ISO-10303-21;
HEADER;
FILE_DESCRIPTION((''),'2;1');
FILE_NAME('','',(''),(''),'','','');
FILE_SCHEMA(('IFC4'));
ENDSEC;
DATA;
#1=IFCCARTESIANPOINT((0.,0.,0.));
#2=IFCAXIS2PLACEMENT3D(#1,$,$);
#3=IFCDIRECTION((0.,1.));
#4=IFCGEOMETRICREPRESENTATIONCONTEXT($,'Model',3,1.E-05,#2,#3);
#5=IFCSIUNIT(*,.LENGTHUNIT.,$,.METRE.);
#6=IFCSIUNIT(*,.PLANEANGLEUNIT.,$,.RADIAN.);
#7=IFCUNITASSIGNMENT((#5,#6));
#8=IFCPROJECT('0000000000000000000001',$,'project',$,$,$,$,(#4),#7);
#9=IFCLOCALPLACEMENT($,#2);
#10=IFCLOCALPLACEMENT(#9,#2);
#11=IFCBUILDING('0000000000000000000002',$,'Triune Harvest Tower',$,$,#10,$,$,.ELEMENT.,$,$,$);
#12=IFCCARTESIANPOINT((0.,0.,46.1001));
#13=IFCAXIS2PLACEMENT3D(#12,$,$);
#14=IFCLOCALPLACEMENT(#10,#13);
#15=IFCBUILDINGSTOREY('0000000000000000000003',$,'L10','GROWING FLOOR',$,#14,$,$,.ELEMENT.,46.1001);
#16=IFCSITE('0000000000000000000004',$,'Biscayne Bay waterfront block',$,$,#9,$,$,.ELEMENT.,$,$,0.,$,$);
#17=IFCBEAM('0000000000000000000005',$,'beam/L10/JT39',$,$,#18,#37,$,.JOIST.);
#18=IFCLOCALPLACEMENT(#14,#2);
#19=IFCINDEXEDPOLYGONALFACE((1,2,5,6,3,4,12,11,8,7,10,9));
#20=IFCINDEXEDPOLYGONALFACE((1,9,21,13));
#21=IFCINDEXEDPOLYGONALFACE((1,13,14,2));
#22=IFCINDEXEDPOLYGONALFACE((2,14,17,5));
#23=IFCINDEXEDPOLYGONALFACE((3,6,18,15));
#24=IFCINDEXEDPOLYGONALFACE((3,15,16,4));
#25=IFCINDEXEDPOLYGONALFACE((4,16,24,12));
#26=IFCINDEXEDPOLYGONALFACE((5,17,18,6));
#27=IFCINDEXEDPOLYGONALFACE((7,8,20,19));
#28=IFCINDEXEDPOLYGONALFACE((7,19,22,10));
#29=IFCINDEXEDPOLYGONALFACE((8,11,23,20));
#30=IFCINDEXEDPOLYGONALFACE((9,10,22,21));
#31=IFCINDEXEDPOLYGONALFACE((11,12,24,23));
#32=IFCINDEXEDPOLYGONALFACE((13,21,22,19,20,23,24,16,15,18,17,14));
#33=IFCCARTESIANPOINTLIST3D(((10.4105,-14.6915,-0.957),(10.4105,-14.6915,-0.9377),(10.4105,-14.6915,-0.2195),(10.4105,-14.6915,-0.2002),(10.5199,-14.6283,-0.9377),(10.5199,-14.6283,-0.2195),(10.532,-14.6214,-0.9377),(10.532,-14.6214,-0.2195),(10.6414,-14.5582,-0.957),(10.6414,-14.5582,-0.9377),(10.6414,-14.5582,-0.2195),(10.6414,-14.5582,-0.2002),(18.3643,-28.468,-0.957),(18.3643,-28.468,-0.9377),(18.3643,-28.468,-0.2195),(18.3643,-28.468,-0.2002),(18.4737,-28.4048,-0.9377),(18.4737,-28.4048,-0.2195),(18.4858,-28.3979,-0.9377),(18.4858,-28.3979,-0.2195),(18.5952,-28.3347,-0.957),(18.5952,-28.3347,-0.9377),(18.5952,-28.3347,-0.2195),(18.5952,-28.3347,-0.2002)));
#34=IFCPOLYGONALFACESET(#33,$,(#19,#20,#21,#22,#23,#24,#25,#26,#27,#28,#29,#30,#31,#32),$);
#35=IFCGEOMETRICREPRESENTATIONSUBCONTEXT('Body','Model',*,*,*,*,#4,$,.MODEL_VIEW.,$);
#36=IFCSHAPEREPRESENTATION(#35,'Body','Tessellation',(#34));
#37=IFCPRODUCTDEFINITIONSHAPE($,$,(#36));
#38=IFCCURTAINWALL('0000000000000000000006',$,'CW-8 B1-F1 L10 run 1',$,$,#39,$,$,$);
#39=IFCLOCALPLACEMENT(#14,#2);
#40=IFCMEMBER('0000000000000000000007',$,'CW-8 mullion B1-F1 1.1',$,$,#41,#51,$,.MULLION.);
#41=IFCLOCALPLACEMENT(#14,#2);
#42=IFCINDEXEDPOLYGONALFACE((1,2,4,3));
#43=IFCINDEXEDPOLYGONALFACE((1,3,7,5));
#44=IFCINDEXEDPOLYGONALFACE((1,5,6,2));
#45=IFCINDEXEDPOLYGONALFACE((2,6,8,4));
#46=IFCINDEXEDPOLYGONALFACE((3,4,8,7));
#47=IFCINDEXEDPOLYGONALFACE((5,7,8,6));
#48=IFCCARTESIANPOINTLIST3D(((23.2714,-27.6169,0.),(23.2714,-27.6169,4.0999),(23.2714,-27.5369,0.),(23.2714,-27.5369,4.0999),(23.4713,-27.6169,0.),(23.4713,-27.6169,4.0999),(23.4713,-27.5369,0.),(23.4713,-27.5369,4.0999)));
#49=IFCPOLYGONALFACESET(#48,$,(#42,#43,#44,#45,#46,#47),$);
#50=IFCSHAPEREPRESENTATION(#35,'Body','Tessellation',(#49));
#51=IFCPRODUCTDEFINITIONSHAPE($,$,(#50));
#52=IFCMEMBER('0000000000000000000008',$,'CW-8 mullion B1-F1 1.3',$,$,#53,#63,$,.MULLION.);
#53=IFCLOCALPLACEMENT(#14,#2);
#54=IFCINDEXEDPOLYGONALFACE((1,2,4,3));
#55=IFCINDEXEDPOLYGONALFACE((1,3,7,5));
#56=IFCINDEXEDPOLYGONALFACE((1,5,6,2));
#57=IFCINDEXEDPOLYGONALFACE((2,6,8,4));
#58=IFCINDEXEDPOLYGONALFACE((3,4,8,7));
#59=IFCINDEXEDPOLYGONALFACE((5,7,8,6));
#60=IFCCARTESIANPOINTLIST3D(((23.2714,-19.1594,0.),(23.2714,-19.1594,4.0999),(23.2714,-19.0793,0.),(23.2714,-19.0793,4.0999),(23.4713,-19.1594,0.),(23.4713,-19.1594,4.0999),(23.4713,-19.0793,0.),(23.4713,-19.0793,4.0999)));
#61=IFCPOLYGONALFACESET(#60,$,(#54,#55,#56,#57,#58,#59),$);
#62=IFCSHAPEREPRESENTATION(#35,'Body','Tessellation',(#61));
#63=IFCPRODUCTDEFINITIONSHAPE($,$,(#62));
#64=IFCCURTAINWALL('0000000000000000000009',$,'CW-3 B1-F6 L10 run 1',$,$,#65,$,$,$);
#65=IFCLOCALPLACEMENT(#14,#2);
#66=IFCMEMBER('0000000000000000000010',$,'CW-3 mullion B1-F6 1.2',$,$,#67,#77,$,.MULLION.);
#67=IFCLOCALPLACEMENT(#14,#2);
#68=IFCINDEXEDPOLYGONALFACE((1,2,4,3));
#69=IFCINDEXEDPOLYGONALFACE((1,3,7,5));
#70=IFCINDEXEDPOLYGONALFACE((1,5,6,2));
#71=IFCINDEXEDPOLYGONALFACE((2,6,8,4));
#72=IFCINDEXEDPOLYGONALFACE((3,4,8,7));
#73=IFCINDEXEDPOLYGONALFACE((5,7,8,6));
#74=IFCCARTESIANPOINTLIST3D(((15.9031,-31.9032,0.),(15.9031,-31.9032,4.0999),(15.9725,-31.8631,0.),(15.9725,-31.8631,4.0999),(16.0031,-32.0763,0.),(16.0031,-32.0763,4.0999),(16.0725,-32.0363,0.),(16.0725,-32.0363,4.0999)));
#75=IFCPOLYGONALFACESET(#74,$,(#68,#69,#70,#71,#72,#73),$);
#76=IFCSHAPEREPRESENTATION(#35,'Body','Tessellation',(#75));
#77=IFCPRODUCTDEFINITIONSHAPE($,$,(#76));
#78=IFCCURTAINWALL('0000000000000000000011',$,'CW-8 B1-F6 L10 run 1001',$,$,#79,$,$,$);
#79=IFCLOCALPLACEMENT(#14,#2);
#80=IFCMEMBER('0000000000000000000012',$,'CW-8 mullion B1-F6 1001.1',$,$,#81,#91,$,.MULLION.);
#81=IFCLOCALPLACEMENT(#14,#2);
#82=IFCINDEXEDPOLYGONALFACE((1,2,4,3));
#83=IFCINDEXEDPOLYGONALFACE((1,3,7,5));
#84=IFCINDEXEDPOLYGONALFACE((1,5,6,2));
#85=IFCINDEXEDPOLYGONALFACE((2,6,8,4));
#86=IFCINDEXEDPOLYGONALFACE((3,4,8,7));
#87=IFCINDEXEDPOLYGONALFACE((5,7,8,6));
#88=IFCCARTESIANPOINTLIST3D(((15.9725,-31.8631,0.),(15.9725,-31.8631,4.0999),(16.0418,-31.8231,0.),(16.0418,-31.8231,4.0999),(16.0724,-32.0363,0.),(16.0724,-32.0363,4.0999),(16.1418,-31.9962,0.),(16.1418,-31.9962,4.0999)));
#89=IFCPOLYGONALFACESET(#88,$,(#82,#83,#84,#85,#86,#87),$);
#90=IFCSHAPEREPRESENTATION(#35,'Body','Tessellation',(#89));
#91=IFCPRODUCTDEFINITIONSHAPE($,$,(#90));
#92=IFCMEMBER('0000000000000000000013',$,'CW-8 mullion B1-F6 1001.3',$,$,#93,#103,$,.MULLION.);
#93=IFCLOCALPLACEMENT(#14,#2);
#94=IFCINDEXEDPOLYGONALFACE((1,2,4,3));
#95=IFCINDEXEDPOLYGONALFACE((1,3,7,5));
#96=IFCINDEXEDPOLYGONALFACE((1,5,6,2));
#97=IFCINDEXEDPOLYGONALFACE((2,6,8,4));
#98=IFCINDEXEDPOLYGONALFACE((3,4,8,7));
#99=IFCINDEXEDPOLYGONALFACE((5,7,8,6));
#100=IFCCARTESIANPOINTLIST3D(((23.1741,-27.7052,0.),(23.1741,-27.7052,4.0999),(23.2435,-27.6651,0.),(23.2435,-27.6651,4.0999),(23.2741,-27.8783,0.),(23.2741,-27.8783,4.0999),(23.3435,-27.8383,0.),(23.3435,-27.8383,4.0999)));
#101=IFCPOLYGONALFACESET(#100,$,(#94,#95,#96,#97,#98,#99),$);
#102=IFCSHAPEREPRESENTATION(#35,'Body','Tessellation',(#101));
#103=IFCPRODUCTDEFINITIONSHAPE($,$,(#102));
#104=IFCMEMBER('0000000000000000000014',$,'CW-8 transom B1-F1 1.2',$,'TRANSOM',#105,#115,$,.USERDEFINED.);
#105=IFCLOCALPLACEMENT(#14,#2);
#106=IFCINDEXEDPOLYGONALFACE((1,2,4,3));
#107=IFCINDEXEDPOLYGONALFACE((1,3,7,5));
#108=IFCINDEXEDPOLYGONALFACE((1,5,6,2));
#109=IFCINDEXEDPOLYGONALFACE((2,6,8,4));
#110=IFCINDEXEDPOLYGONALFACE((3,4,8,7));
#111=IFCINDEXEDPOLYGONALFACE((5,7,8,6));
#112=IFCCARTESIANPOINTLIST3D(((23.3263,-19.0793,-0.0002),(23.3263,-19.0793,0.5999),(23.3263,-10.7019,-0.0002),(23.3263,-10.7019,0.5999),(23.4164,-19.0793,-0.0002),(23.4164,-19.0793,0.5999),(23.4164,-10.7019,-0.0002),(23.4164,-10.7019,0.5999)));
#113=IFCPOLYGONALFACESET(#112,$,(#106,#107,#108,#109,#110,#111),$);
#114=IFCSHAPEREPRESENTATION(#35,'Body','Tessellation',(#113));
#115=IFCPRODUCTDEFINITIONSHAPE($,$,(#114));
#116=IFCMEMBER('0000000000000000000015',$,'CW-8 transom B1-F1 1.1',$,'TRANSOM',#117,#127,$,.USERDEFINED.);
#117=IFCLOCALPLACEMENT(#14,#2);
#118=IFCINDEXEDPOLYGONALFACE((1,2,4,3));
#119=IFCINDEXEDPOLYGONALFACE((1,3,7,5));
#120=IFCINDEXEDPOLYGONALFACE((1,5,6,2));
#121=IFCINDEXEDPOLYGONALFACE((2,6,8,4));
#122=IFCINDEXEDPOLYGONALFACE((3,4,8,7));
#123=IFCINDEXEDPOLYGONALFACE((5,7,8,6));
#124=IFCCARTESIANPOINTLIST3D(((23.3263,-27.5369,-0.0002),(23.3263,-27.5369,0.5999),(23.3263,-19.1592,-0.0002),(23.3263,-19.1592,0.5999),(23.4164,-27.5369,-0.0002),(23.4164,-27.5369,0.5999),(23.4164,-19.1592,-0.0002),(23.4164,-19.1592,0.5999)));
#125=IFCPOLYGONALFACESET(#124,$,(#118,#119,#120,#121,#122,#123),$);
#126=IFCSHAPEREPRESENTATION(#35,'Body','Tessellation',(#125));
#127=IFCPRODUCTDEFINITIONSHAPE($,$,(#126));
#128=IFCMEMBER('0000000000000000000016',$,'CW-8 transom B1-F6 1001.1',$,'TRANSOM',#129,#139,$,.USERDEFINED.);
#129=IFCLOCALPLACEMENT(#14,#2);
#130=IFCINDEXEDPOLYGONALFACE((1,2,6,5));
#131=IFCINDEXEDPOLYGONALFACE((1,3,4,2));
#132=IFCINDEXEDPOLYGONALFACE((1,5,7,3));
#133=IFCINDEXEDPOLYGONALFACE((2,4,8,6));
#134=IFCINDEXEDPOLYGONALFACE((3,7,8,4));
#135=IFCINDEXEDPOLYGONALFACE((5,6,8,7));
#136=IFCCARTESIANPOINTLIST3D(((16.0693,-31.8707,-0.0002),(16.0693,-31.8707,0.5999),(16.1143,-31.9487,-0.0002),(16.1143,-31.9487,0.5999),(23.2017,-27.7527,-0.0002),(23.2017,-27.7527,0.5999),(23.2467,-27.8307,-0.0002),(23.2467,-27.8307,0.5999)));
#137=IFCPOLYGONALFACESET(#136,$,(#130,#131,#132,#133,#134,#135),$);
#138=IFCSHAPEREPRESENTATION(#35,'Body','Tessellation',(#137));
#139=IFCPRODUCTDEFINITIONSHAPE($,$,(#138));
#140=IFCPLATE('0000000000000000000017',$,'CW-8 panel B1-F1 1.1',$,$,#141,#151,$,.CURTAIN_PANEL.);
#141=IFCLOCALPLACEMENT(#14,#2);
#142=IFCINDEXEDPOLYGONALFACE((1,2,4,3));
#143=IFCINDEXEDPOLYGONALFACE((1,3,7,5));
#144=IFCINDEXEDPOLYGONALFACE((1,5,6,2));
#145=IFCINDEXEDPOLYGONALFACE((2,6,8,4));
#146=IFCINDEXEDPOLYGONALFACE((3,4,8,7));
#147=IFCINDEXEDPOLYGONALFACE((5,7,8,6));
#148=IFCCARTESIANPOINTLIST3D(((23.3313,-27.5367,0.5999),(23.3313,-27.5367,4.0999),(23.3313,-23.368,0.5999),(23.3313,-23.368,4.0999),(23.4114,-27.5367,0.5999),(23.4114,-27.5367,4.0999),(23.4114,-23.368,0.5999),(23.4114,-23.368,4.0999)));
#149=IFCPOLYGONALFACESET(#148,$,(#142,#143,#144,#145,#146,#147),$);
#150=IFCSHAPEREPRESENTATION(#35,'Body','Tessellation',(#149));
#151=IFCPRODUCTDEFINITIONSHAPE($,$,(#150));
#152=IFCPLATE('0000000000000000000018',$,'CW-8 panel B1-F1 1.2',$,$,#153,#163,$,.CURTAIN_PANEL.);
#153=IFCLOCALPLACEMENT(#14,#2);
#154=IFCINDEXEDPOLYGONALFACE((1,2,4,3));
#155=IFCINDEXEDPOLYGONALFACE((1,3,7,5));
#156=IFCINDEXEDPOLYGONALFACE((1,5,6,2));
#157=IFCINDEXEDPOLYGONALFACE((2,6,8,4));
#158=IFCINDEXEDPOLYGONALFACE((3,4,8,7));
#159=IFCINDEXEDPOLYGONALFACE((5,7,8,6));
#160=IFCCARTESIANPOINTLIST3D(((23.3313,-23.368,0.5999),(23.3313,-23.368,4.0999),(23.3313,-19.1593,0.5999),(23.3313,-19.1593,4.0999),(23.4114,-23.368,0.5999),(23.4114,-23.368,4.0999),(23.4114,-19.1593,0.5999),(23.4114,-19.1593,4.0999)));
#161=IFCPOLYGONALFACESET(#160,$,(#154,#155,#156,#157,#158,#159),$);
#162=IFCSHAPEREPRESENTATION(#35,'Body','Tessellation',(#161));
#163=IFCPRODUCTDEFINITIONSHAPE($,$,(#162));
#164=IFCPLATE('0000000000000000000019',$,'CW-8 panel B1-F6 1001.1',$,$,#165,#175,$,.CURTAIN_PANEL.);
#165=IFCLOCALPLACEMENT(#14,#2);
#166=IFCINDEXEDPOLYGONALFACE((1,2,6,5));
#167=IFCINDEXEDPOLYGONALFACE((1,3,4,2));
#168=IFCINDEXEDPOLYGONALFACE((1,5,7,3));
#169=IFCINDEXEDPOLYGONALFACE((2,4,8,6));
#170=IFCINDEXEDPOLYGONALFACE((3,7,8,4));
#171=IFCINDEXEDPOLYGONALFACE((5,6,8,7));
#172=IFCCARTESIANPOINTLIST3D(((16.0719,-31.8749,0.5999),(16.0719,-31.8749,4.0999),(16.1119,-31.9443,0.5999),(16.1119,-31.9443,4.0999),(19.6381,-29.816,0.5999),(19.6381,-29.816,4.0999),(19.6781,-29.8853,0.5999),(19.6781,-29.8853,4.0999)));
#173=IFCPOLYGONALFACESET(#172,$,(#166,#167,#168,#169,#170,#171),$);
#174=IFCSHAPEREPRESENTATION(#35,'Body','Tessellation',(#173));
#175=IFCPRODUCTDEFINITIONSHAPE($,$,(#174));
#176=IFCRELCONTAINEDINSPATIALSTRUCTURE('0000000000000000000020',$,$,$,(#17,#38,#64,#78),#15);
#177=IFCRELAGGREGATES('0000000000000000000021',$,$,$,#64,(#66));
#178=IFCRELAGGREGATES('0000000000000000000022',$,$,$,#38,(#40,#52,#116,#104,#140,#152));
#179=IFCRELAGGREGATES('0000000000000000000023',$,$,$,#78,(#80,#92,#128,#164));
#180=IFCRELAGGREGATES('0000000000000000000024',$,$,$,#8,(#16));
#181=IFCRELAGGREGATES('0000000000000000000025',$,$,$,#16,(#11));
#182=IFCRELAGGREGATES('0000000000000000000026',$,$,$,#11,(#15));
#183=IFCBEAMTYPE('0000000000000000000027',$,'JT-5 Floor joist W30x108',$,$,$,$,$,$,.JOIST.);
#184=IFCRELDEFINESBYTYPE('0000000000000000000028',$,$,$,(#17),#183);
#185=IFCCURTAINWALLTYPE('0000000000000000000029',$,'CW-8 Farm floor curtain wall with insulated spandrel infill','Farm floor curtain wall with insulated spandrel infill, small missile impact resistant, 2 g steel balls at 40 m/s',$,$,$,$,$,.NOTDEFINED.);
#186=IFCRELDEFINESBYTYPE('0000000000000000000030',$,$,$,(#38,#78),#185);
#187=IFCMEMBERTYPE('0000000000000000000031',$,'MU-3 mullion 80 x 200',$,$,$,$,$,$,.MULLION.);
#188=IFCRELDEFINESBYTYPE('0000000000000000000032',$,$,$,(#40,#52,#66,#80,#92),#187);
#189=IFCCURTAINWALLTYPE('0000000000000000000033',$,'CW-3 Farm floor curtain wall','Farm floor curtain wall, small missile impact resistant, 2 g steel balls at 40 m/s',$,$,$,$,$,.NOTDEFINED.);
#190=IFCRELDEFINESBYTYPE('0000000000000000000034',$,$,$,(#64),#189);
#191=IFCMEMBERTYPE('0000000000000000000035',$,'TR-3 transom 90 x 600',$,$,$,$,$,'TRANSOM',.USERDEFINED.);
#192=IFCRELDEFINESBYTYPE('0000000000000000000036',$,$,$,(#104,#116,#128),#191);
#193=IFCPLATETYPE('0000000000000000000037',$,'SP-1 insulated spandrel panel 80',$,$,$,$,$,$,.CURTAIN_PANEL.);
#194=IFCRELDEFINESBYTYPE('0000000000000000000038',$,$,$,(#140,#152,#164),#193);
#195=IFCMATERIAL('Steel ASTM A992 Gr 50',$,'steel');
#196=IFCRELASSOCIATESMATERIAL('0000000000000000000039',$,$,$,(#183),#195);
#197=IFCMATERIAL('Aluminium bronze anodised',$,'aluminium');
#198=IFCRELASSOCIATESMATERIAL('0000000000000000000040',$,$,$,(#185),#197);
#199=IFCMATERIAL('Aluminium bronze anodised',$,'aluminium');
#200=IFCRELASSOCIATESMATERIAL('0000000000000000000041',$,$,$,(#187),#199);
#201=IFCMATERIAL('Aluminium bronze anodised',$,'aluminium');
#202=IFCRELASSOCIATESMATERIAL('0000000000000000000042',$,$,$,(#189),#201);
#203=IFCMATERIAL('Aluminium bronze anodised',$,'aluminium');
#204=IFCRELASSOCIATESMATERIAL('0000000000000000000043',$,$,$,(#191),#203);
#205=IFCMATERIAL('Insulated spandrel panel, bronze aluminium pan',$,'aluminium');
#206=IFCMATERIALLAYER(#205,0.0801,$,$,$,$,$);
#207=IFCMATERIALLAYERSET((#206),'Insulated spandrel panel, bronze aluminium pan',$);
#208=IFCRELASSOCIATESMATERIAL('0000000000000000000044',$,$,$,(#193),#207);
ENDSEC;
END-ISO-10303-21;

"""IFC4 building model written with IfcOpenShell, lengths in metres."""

from ifc_helpers import new_model, si_unit, direction, frame, origin, origin_2d, place, context, subcontext, project, spatial, rectangle, i_section, extrude, source, transform, mapped, material, layer, layer_set, material_profile, profile_set, type_object, element, aggregate, save


model = new_model("IFC4")

# Units and contexts
model_context = context("Model", 3, precision=1e-05, world=origin(), true_north=direction((0.0, 1.0)))
body_context = subcontext(model_context, "Body", "Model", "MODEL_VIEW")
ifc_project = project(units=[si_unit("LENGTHUNIT", "METRE"), si_unit("PLANEANGLEUNIT", "RADIAN")], contexts=[model_context])

# Site, building, storey
site_placement = place(None, origin())
site = spatial("IfcSite", under=ifc_project, at=site_placement, Name="Biscayne Bay waterfront block", CompositionType="ELEMENT", RefElevation=0.0)
building_placement = place(site_placement, origin())
building = spatial("IfcBuilding", under=site, at=building_placement, Name="Triune Harvest Tower", CompositionType="ELEMENT")
storey_placement = place(building_placement, frame((0.0, 0.0, 46.1001)))
storey = spatial("IfcBuildingStorey", under=building, at=storey_placement, Name="L10", Description="GROWING FLOOR", CompositionType="ELEMENT", Elevation=46.1001)

# Beam
ifc_material_1 = material(Name="Steel ASTM A992 Gr 50", Category="steel")
ifc_material_profile_1 = material_profile(ifc_material_1, i_section(OverallWidth=0.2666, OverallDepth=0.7568, WebThickness=0.0139, FlangeThickness=0.0193, at=origin_2d()), Name="W30x108")
ifc_profile_set_1 = profile_set([ifc_material_profile_1], Name="Steel ASTM A992 Gr 50")
beam_type_1 = type_object("IfcBeamType", Name="JT-5 Floor joist W30x108", PredefinedType="JOIST", material=ifc_profile_set_1)
shared_shape_1 = source(origin(), body_context, "Body", "SweptSolid", [
    extrude(i_section(OverallWidth=0.2666, OverallDepth=0.7568, WebThickness=0.0139, FlangeThickness=0.0193, at=origin_2d()), origin(), (0.0, 0.0, 1.0), 15.9077),
])
beam_1_placement = place(storey_placement, frame((18.4797, -28.4014, -0.5786), z_axis=(-0.499997, 0.866027, 0.0), x_axis=(-0.866027, -0.499997, 0.0)))
element("IfcBeam", 1, at=beam_1_placement, inside=storey, type_object=beam_type_1, Name="beam/L10/JT39", PredefinedType="JOIST", context=body_context, shape_type="MappedRepresentation", body=[
    mapped(shared_shape_1, transform((0.0, 0.0, 0.0), scale=1.0)),
])

# Curtain wall, members
ifc_material_2 = material(Name="Aluminium bronze anodised", Category="aluminium")
curtain_wall_type_1 = type_object("IfcCurtainWallType", Name="CW-8 Farm floor curtain wall with insulated spandrel infill", Description="Farm floor curtain wall with insulated spandrel infill, small missile impact resistant, 2 g steel balls at 40 m/s", PredefinedType="NOTDEFINED", material=ifc_material_2)
curtain_wall_1_placement = place(storey_placement, origin())
curtain_wall_1 = element("IfcCurtainWall", 2, at=curtain_wall_1_placement, inside=storey, type_object=curtain_wall_type_1, Name="CW-8 B1-F1 L10 run 1")
ifc_material_3 = material(Name="Aluminium bronze anodised", Category="aluminium")
ifc_material_profile_2 = material_profile(ifc_material_3, rectangle(XDim=0.2, YDim=0.0801, at=origin_2d()), Name="MU-3 mullion 80 x 200")
ifc_profile_set_2 = profile_set([ifc_material_profile_2], Name="Aluminium bronze anodised")
member_type_1 = type_object("IfcMemberType", Name="MU-3 mullion 80 x 200", PredefinedType="MULLION", material=ifc_profile_set_2)
shared_shape_2 = source(origin(), body_context, "Body", "SweptSolid", [
    extrude(rectangle(XDim=0.2, YDim=0.0801, at=origin_2d()), origin(), (0.0, 0.0, 1.0), 4.0999),
])
member_1_placement = place(storey_placement, frame((23.3713, -27.5769, 0.0), z_axis=(0.0, 0.0, 1.0), x_axis=(-1.0, 0.0, 0.0)))
member_1 = element("IfcMember", 3, at=member_1_placement, type_object=member_type_1, Name="CW-8 mullion B1-F1 1.1", PredefinedType="MULLION", context=body_context, shape_type="MappedRepresentation", body=[
    mapped(shared_shape_2, transform((0.0, 0.0, 0.0), scale=1.0)),
])
member_2_placement = place(storey_placement, frame((23.3713, -19.1194, 0.0), z_axis=(0.0, 0.0, 1.0), x_axis=(-1.0, 0.0, 0.0)))
member_2 = element("IfcMember", 4, at=member_2_placement, type_object=member_type_1, Name="CW-8 mullion B1-F1 1.3", PredefinedType="MULLION", context=body_context, shape_type="MappedRepresentation", body=[
    mapped(shared_shape_2, transform((0.0, 0.0, 0.0), scale=1.0)),
])

# Curtain wall, member
ifc_material_4 = material(Name="Aluminium bronze anodised", Category="aluminium")
curtain_wall_type_2 = type_object("IfcCurtainWallType", Name="CW-3 Farm floor curtain wall", Description="Farm floor curtain wall, small missile impact resistant, 2 g steel balls at 40 m/s", PredefinedType="NOTDEFINED", material=ifc_material_4)
curtain_wall_2_placement = place(storey_placement, origin())
curtain_wall_2 = element("IfcCurtainWall", 5, at=curtain_wall_2_placement, inside=storey, type_object=curtain_wall_type_2, Name="CW-3 B1-F6 L10 run 1")
member_3_placement = place(storey_placement, frame((15.9878, -31.9697, 0.0), z_axis=(0.0, 0.0, 1.0), x_axis=(-0.499994, 0.866029, 0.0)))
member_3 = element("IfcMember", 6, at=member_3_placement, type_object=member_type_1, Name="CW-3 mullion B1-F6 1.2", PredefinedType="MULLION", context=body_context, shape_type="MappedRepresentation", body=[
    mapped(shared_shape_2, transform((0.0, 0.0, 0.0), scale=1.0)),
])
aggregate(curtain_wall_2, [member_3])

# Curtain wall, members
curtain_wall_3_placement = place(storey_placement, origin())
curtain_wall_3 = element("IfcCurtainWall", 7, at=curtain_wall_3_placement, inside=storey, type_object=curtain_wall_type_1, Name="CW-8 B1-F6 L10 run 1001")
member_4_placement = place(storey_placement, frame((16.0571, -31.9297, 0.0), z_axis=(0.0, 0.0, 1.0), x_axis=(-0.500001, 0.866025, 0.0)))
member_4 = element("IfcMember", 8, at=member_4_placement, type_object=member_type_1, Name="CW-8 mullion B1-F6 1001.1", PredefinedType="MULLION", context=body_context, shape_type="MappedRepresentation", body=[
    mapped(shared_shape_2, transform((0.0, 0.0, 0.0), scale=1.0)),
])
member_5_placement = place(storey_placement, frame((23.2588, -27.7717, 0.0), z_axis=(0.0, 0.0, 1.0), x_axis=(-0.500001, 0.866025, 0.0)))
member_5 = element("IfcMember", 9, at=member_5_placement, type_object=member_type_1, Name="CW-8 mullion B1-F6 1001.3", PredefinedType="MULLION", context=body_context, shape_type="MappedRepresentation", body=[
    mapped(shared_shape_2, transform((0.0, 0.0, 0.0), scale=1.0)),
])

# Members
ifc_material_5 = material(Name="Aluminium bronze anodised", Category="aluminium")
ifc_material_profile_3 = material_profile(ifc_material_5, rectangle(XDim=0.0901, YDim=0.6001, at=origin_2d()), Name="TR-3 transom 90 x 600")
ifc_profile_set_3 = profile_set([ifc_material_profile_3], Name="Aluminium bronze anodised")
member_type_2 = type_object("IfcMemberType", Name="TR-3 transom 90 x 600", ElementType="TRANSOM", PredefinedType="USERDEFINED", material=ifc_profile_set_3)
shared_shape_3 = source(origin(), body_context, "Body", "SweptSolid", [
    extrude(rectangle(XDim=0.0901, YDim=0.6001, at=origin_2d()), origin(), (0.0, 0.0, 1.0), 8.3774),
])
member_6_placement = place(storey_placement, frame((23.3713, -19.0793, 0.2998), z_axis=(0.0, 1.0, 0.0), x_axis=(-1.0, 0.0, 0.0)))
member_6 = element("IfcMember", 10, at=member_6_placement, type_object=member_type_2, Name="CW-8 transom B1-F1 1.2", ObjectType="TRANSOM", PredefinedType="USERDEFINED", context=body_context, shape_type="MappedRepresentation", body=[
    mapped(shared_shape_3, transform((0.0, 0.0, 0.0), scale=1.0)),
])
shared_shape_4 = source(origin(), body_context, "Body", "SweptSolid", [
    extrude(rectangle(XDim=0.0901, YDim=0.6001, at=origin_2d()), origin(), (0.0, 0.0, 1.0), 8.3777),
])
member_7_placement = place(storey_placement, frame((23.3713, -27.5369, 0.2998), z_axis=(0.0, 1.0, 0.0), x_axis=(-1.0, 0.0, 0.0)))
member_7 = element("IfcMember", 11, at=member_7_placement, type_object=member_type_2, Name="CW-8 transom B1-F1 1.1", ObjectType="TRANSOM", PredefinedType="USERDEFINED", context=body_context, shape_type="MappedRepresentation", body=[
    mapped(shared_shape_4, transform((0.0, 0.0, 0.0), scale=1.0)),
])
shared_shape_5 = source(origin(), body_context, "Body", "SweptSolid", [
    extrude(rectangle(XDim=0.0901, YDim=0.6001, at=origin_2d()), origin(), (0.0, 0.0, 1.0), 8.2358),
])
member_8_placement = place(storey_placement, frame((16.0918, -31.9097, 0.2998), z_axis=(0.866022, 0.500006, 0.0), x_axis=(-0.500006, 0.866022, 0.0)))
member_8 = element("IfcMember", 12, at=member_8_placement, type_object=member_type_2, Name="CW-8 transom B1-F6 1001.1", ObjectType="TRANSOM", PredefinedType="USERDEFINED", context=body_context, shape_type="MappedRepresentation", body=[
    mapped(shared_shape_5, transform((0.0, 0.0, 0.0), scale=1.0)),
])

# Plates
ifc_material_6 = material(Name="Insulated spandrel panel, bronze aluminium pan", Category="aluminium")
ifc_layer_1 = layer(ifc_material_6, 0.0801)
ifc_layer_set_1 = layer_set([ifc_layer_1], Name="Insulated spandrel panel, bronze aluminium pan")
plate_type = type_object("IfcPlateType", Name="SP-1 insulated spandrel panel 80", PredefinedType="CURTAIN_PANEL", material=ifc_layer_set_1)
shared_shape_6 = source(origin(), body_context, "Body", "SweptSolid", [
    extrude(rectangle(XDim=4.1687, YDim=0.0801, at=origin_2d()), origin(), (0.0, 0.0, 1.0), 3.5),
])
plate_1_placement = place(storey_placement, frame((23.3713, -25.4524, 0.5999), z_axis=(0.0, 0.0, 1.0), x_axis=(0.0, 1.0, 0.0)))
plate_1 = element("IfcPlate", 13, at=plate_1_placement, type_object=plate_type, Name="CW-8 panel B1-F1 1.1", PredefinedType="CURTAIN_PANEL", context=body_context, shape_type="MappedRepresentation", body=[
    mapped(shared_shape_6, transform((0.0, 0.0, 0.0), scale=1.0)),
])
shared_shape_7 = source(origin(), body_context, "Body", "SweptSolid", [
    extrude(rectangle(XDim=4.2087, YDim=0.0801, at=origin_2d()), origin(), (0.0, 0.0, 1.0), 3.5),
])
plate_2_placement = place(storey_placement, frame((23.3713, -21.2637, 0.5999), z_axis=(0.0, 0.0, 1.0), x_axis=(0.0, 1.0, 0.0)))
plate_2 = element("IfcPlate", 14, at=plate_2_placement, type_object=plate_type, Name="CW-8 panel B1-F1 1.2", PredefinedType="CURTAIN_PANEL", context=body_context, shape_type="MappedRepresentation", body=[
    mapped(shared_shape_7, transform((0.0, 0.0, 0.0), scale=1.0)),
])
aggregate(curtain_wall_1, [member_1, member_2, member_7, member_6, plate_1, plate_2])
shared_shape_8 = source(origin(), body_context, "Body", "SweptSolid", [
    extrude(rectangle(XDim=4.1179, YDim=0.0801, at=origin_2d()), origin(), (0.0, 0.0, 1.0), 3.5),
])
plate_3_placement = place(storey_placement, frame((17.875, -30.8801, 0.5999), z_axis=(0.0, 0.0, 1.0), x_axis=(0.866025, 0.500001, 0.0)))
plate_3 = element("IfcPlate", 15, at=plate_3_placement, type_object=plate_type, Name="CW-8 panel B1-F6 1001.1", PredefinedType="CURTAIN_PANEL", context=body_context, shape_type="MappedRepresentation", body=[
    mapped(shared_shape_8, transform((0.0, 0.0, 0.0), scale=1.0)),
])
aggregate(curtain_wall_3, [member_4, member_5, member_8, plate_3])

save(model, "model.ifc")
